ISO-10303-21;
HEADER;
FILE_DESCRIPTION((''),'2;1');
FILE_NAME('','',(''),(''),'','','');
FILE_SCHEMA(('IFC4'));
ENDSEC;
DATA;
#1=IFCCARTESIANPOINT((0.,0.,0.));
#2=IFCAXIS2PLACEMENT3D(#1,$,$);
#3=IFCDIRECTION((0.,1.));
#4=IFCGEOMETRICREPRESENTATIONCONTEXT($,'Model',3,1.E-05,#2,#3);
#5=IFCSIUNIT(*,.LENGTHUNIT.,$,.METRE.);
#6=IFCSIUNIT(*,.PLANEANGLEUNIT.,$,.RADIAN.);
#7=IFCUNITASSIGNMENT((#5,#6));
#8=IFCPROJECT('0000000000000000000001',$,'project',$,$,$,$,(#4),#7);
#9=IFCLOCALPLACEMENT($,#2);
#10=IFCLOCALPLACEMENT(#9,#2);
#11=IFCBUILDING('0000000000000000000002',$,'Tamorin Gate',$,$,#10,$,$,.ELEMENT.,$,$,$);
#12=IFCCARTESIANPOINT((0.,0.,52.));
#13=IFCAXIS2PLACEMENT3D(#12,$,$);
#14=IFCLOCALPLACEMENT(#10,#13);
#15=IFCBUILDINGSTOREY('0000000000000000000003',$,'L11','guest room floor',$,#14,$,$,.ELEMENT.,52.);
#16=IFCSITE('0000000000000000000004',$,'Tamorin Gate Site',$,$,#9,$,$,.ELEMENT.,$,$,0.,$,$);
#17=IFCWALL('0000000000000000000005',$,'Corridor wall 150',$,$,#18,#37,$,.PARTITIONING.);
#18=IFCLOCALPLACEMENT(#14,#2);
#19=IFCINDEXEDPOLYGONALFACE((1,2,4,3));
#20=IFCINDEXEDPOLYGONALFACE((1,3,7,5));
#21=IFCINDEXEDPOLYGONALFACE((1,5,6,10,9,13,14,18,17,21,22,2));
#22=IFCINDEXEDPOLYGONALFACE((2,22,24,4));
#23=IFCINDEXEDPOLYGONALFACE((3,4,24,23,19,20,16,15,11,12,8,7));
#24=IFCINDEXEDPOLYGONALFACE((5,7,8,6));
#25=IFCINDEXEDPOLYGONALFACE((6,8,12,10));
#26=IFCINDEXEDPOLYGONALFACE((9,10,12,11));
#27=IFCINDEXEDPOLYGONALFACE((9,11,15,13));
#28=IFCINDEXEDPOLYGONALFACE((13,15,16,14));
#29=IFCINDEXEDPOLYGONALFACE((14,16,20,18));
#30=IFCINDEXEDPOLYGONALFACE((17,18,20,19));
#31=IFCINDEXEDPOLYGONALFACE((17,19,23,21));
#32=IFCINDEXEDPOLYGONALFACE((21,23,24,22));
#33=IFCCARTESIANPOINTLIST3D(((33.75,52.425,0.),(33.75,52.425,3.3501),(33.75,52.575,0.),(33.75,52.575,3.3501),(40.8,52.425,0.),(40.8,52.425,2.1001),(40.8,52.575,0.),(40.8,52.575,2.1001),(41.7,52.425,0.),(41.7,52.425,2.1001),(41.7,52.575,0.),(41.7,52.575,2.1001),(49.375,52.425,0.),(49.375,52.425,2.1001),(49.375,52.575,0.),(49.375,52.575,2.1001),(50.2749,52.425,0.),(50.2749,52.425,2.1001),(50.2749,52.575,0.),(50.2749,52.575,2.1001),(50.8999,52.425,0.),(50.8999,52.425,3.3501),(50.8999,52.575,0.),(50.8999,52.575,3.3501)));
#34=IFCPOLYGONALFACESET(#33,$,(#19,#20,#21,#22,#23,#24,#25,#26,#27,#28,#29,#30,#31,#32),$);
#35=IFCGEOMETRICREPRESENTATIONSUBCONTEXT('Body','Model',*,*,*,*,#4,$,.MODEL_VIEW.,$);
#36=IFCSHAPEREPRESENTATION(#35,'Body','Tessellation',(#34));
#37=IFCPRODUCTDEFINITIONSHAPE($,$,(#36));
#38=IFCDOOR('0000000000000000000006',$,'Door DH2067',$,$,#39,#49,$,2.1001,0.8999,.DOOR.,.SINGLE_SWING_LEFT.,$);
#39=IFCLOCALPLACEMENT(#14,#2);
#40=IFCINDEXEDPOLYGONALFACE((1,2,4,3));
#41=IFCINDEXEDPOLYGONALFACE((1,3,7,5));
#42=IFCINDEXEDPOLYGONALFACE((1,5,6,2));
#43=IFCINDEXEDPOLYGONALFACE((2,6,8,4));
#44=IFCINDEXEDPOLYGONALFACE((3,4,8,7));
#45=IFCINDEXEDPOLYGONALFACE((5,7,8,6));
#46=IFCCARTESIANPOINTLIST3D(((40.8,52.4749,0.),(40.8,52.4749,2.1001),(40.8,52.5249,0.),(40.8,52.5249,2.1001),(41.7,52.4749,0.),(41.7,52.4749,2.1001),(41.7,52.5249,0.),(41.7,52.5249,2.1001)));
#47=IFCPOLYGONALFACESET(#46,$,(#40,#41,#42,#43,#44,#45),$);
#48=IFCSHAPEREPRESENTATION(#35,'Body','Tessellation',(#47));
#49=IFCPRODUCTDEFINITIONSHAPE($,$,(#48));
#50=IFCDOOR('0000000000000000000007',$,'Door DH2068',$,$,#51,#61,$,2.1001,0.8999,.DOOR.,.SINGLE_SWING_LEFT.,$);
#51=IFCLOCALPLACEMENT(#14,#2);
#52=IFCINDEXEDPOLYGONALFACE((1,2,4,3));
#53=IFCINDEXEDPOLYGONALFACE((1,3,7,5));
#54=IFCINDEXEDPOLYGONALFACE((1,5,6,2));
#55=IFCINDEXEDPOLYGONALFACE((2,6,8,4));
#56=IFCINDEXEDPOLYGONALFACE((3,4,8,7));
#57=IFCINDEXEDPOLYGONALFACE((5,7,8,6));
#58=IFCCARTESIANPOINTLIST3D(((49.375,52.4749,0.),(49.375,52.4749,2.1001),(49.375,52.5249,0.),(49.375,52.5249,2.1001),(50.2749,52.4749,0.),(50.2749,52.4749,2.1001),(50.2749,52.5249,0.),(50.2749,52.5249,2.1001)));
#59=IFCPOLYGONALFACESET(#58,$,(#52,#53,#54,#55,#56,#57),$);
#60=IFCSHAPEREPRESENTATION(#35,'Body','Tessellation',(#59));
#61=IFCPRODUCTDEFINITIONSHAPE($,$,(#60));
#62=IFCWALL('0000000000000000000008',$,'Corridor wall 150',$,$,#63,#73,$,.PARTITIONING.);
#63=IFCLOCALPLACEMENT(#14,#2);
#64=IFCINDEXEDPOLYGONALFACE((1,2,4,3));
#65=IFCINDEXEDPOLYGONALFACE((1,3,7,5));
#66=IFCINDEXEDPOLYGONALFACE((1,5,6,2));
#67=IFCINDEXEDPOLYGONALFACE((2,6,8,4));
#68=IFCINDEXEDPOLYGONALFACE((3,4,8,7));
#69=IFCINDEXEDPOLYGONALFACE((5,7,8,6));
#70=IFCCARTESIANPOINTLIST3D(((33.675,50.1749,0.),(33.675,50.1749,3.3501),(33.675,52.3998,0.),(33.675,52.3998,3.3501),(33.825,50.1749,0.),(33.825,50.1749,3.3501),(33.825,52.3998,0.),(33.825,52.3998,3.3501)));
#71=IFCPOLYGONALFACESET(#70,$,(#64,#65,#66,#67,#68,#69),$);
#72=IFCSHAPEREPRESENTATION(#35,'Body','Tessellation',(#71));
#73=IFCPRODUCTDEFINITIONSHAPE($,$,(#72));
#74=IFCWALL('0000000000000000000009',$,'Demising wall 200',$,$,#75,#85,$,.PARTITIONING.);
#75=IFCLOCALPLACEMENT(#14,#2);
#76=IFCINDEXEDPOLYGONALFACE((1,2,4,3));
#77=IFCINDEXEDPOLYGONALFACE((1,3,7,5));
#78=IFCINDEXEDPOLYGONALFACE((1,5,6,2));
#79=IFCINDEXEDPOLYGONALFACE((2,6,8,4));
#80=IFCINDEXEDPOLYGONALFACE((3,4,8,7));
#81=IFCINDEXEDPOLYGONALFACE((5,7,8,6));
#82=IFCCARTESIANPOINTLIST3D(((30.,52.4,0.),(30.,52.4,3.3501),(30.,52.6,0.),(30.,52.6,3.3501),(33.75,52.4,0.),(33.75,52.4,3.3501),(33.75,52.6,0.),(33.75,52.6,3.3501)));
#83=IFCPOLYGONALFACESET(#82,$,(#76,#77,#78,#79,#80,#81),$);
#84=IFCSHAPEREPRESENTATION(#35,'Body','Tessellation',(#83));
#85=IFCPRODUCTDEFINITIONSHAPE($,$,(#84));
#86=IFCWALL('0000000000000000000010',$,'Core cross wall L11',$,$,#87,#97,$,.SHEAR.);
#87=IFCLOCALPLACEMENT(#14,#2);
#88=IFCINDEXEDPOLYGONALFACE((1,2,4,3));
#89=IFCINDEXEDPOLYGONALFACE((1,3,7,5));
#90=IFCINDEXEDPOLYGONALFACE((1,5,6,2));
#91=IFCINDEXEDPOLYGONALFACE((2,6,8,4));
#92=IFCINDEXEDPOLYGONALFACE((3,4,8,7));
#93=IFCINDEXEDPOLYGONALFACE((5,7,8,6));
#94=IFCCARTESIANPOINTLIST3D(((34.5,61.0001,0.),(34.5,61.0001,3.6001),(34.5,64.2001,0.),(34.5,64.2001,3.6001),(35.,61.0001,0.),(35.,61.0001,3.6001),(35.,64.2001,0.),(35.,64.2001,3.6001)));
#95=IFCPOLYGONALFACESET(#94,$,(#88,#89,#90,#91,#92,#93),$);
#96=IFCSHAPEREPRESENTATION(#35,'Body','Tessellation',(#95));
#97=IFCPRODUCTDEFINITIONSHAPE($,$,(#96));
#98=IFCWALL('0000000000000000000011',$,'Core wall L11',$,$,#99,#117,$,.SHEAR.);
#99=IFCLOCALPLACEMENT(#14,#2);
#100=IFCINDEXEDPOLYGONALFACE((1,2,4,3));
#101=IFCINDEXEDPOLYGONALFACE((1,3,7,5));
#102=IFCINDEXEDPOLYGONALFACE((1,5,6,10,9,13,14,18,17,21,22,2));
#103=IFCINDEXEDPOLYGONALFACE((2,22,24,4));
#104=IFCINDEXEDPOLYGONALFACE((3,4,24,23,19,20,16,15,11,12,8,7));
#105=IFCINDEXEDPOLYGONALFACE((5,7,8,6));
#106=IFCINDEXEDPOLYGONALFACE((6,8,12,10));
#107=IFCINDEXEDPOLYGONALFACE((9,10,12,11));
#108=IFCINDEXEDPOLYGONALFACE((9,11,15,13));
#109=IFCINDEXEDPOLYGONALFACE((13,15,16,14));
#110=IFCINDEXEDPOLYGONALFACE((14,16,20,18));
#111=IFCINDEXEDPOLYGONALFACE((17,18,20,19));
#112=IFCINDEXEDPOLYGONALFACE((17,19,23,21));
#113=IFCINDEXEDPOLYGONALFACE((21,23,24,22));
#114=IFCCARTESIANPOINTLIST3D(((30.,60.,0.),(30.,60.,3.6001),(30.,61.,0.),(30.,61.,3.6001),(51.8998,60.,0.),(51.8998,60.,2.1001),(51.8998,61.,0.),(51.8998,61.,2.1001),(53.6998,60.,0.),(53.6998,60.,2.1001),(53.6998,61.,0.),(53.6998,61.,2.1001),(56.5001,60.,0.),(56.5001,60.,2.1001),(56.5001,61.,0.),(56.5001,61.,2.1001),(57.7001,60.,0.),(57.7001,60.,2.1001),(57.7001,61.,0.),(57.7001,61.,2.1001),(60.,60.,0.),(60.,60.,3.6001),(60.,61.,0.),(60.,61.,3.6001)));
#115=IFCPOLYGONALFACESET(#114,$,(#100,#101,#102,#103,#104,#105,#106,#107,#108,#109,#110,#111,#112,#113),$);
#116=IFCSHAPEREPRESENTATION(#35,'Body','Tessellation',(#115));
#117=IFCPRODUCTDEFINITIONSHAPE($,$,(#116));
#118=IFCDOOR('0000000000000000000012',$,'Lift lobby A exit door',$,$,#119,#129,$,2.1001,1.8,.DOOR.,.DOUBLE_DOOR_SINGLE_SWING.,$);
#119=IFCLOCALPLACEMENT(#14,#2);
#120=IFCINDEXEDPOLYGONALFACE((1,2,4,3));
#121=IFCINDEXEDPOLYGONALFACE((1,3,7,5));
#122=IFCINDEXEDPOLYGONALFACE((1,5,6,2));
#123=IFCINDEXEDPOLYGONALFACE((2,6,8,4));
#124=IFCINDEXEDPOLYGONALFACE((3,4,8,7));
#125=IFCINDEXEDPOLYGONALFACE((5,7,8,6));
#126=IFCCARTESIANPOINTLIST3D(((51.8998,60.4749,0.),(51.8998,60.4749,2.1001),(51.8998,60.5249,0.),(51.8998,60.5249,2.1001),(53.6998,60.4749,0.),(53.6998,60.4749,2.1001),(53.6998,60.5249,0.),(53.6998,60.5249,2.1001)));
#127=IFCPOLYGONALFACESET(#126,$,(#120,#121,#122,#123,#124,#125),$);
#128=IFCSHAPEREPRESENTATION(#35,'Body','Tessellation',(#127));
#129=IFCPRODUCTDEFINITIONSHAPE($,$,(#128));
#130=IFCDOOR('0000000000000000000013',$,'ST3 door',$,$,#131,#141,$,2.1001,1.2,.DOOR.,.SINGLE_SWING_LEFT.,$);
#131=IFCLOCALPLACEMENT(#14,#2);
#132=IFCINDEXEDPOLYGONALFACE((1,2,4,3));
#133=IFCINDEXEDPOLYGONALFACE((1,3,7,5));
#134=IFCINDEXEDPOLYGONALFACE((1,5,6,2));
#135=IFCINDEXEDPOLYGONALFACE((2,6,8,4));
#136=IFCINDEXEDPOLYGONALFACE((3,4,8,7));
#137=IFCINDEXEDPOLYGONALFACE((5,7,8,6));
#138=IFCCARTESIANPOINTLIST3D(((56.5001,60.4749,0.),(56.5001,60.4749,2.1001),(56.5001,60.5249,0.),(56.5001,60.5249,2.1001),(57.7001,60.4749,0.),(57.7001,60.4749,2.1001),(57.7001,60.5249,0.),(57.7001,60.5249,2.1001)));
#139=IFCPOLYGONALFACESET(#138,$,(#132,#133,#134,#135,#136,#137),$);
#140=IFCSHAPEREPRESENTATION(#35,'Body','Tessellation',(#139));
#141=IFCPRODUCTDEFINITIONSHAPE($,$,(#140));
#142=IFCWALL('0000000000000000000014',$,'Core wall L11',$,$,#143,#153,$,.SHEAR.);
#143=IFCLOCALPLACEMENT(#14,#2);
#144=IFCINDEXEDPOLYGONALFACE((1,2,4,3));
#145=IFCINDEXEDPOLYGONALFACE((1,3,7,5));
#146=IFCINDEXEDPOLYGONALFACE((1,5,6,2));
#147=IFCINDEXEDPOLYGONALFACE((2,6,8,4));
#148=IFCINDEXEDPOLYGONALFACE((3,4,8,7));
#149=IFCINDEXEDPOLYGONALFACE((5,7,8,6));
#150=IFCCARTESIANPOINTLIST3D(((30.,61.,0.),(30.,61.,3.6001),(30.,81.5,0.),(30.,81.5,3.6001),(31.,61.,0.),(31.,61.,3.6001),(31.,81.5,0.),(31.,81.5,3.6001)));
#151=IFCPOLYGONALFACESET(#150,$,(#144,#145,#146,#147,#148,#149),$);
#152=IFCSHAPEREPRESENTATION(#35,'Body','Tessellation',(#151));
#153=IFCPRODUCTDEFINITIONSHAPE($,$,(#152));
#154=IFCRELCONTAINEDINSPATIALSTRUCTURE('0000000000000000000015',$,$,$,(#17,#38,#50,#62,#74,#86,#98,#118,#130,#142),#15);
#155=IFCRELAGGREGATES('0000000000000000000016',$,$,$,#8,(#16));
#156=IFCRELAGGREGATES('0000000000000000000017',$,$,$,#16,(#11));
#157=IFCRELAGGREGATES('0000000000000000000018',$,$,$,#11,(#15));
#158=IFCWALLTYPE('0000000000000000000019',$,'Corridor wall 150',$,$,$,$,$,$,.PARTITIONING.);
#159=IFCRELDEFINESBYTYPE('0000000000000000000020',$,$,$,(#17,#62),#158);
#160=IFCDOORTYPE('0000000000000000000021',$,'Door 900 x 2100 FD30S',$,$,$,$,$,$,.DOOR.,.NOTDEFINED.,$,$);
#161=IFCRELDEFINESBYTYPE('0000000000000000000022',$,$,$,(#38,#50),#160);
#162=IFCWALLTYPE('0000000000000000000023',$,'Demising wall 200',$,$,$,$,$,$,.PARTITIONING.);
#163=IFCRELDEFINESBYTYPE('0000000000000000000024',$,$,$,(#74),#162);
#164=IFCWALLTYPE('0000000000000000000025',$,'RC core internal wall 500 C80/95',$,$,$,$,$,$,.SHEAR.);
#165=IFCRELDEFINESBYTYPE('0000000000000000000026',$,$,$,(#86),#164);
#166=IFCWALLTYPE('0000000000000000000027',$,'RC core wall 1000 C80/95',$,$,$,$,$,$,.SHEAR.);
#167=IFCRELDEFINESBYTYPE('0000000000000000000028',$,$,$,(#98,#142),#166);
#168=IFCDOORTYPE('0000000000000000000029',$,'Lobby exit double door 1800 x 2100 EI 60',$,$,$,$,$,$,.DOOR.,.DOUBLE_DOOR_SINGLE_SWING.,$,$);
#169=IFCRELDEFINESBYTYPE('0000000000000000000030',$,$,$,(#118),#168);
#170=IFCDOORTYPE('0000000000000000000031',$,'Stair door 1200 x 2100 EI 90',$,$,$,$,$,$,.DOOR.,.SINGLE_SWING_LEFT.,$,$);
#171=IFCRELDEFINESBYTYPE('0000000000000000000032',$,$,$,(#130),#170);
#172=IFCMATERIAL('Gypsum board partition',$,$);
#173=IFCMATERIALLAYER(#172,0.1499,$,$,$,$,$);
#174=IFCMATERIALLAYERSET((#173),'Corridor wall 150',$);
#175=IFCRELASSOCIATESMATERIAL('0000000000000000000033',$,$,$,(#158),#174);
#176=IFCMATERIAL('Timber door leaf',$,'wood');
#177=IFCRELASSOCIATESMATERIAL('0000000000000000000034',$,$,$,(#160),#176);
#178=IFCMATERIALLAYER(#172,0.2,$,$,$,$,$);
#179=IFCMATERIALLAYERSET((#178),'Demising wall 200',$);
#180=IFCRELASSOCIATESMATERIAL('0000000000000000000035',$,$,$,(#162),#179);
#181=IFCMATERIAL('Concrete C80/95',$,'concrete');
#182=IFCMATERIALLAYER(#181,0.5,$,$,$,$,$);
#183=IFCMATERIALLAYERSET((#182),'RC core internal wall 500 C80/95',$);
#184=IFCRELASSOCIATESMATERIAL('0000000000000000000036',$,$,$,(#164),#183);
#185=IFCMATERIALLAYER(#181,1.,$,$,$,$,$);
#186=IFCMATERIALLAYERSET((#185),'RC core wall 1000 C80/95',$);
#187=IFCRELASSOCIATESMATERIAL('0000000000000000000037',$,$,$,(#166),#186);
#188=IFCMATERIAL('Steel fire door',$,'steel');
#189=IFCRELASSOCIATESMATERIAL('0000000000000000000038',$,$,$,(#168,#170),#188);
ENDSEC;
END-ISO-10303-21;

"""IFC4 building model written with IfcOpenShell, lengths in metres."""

from ifc_helpers import new_model, si_unit, direction, frame, frame_2d, origin, place, context, subcontext, project, spatial, rectangle, extrude, material, layer, layer_set, type_object, element, fill, save


model = new_model("IFC4")

# Units and contexts
model_context = context("Model", 3, precision=1e-05, world=origin(), true_north=direction((0.0, 1.0)))
body_context = subcontext(model_context, "Body", "Model", "MODEL_VIEW")
ifc_project = project(units=[si_unit("LENGTHUNIT", "METRE"), si_unit("PLANEANGLEUNIT", "RADIAN")], contexts=[model_context])

# Site, building, storey
site_placement = place(None, origin())
site = spatial("IfcSite", under=ifc_project, at=site_placement, Name="Tamorin Gate Site", CompositionType="ELEMENT", RefElevation=0.0)
building_placement = place(site_placement, origin())
building = spatial("IfcBuilding", under=site, at=building_placement, Name="Tamorin Gate", CompositionType="ELEMENT")
storey_placement = place(building_placement, frame((0.0, 0.0, 52.0)))
storey = spatial("IfcBuildingStorey", under=building, at=storey_placement, Name="L11", Description="guest room floor", CompositionType="ELEMENT", Elevation=52.0)

# Shared definitions
ifc_material_1 = material(Name="Concrete C80/95", Category="concrete")

# Wall, openings, doors
ifc_material_2 = material(Name="Gypsum board partition")
ifc_layer_1 = layer(ifc_material_2, 0.1499)
ifc_layer_set_1 = layer_set([ifc_layer_1], Name="Corridor wall 150")
wall_type_1 = type_object("IfcWallType", Name="Corridor wall 150", PredefinedType="PARTITIONING", material=ifc_layer_set_1)
ifc_material_3 = material(Name="Timber door leaf", Category="wood")
door_type_1 = type_object("IfcDoorType", Name="Door 900 x 2100 FD30S", OperationType="NOTDEFINED", PredefinedType="DOOR", material=ifc_material_3)
wall_1_placement = place(storey_placement, frame((33.75, 52.5, 0.0), z_axis=(0.0, 0.0, 1.0), x_axis=(1.0, 0.0, 0.0)))
wall_1 = element("IfcWall", 1, at=wall_1_placement, inside=storey, type_object=wall_type_1, Name="Corridor wall 150", PredefinedType="PARTITIONING", context=body_context, shape_type="SweptSolid", body=[
    extrude(rectangle(XDim=17.1499, YDim=0.1499, at=frame_2d((8.575, 0.0))), origin(), (0.0, 0.0, 1.0), 3.3501),
])
opening_1_placement = place(wall_1_placement, frame((7.05, 0.0, 0.0)))
opening_1 = element("IfcOpeningElement", 2, at=opening_1_placement, cuts=wall_1, PredefinedType="OPENING", context=body_context, shape_type="SweptSolid", body=[
    extrude(rectangle(XDim=0.8999, YDim=2.1001, at=frame_2d((0.45, 1.05))), frame((0.0, 0.085, 0.0), z_axis=(0.0, -1.0, 0.0), x_axis=(1.0, 0.0, 0.0)), (0.0, 0.0, 1.0), 0.1699),
])
opening_2_placement = place(wall_1_placement, frame((15.625, 0.0, 0.0)))
opening_2 = element("IfcOpeningElement", 3, at=opening_2_placement, cuts=wall_1, PredefinedType="OPENING", context=body_context, shape_type="SweptSolid", body=[
    extrude(rectangle(XDim=0.8999, YDim=2.1001, at=frame_2d((0.45, 1.05))), frame((0.0, 0.085, 0.0), z_axis=(0.0, -1.0, 0.0), x_axis=(1.0, 0.0, 0.0)), (0.0, 0.0, 1.0), 0.1699),
])
door_1_placement = place(opening_1_placement, origin())
door_1 = element("IfcDoor", 4, at=door_1_placement, inside=storey, type_object=door_type_1, Name="Door DH2067", OperationType="SINGLE_SWING_LEFT", OverallHeight=2.1001, OverallWidth=0.8999, PredefinedType="DOOR", context=body_context, shape_type="SweptSolid", body=[
    extrude(rectangle(XDim=0.8999, YDim=2.1001, at=frame_2d((0.45, 1.05))), frame((0.0, 0.0249, 0.0), z_axis=(0.0, -1.0, 0.0), x_axis=(1.0, 0.0, 0.0)), (0.0, 0.0, 1.0), 0.05),
])
fill(opening_1, door_1)
door_2_placement = place(opening_2_placement, origin())
door_2 = element("IfcDoor", 5, at=door_2_placement, inside=storey, type_object=door_type_1, Name="Door DH2068", OperationType="SINGLE_SWING_LEFT", OverallHeight=2.1001, OverallWidth=0.8999, PredefinedType="DOOR", context=body_context, shape_type="SweptSolid", body=[
    extrude(rectangle(XDim=0.8999, YDim=2.1001, at=frame_2d((0.45, 1.05))), frame((0.0, 0.0249, 0.0), z_axis=(0.0, -1.0, 0.0), x_axis=(1.0, 0.0, 0.0)), (0.0, 0.0, 1.0), 0.05),
])
fill(opening_2, door_2)

# Walls
wall_2_placement = place(storey_placement, frame((33.75, 50.175, 0.0), z_axis=(0.0, 0.0, 1.0), x_axis=(0.0, 1.0, 0.0)))
element("IfcWall", 6, at=wall_2_placement, inside=storey, type_object=wall_type_1, Name="Corridor wall 150", PredefinedType="PARTITIONING", context=body_context, shape_type="SweptSolid", body=[
    extrude(rectangle(XDim=2.2249, YDim=0.1499, at=frame_2d((1.1123, 0.0))), origin(), (0.0, 0.0, 1.0), 3.3501),
])
ifc_layer_2 = layer(ifc_material_2, 0.2)
ifc_layer_set_2 = layer_set([ifc_layer_2], Name="Demising wall 200")
wall_type_2 = type_object("IfcWallType", Name="Demising wall 200", PredefinedType="PARTITIONING", material=ifc_layer_set_2)
wall_3_placement = place(storey_placement, frame((30.0, 52.5, 0.0), z_axis=(0.0, 0.0, 1.0), x_axis=(1.0, 0.0, 0.0)))
element("IfcWall", 7, at=wall_3_placement, inside=storey, type_object=wall_type_2, Name="Demising wall 200", PredefinedType="PARTITIONING", context=body_context, shape_type="SweptSolid", body=[
    extrude(rectangle(XDim=3.75, YDim=0.2, at=frame_2d((1.875, 0.0))), origin(), (0.0, 0.0, 1.0), 3.3501),
])
ifc_layer_3 = layer(ifc_material_1, 0.5)
ifc_layer_set_3 = layer_set([ifc_layer_3], Name="RC core internal wall 500 C80/95")
wall_type_3 = type_object("IfcWallType", Name="RC core internal wall 500 C80/95", PredefinedType="SHEAR", material=ifc_layer_set_3)
wall_4_placement = place(storey_placement, frame((34.75, 61.0, 0.0), z_axis=(0.0, 0.0, 1.0), x_axis=(0.0, 1.0, 0.0)))
element("IfcWall", 8, at=wall_4_placement, inside=storey, type_object=wall_type_3, Name="Core cross wall L11", PredefinedType="SHEAR", context=body_context, shape_type="SweptSolid", body=[
    extrude(rectangle(XDim=3.2, YDim=0.5, at=frame_2d((1.6001, 0.0))), origin(), (0.0, 0.0, 1.0), 3.6001),
])

# Wall, openings, doors
ifc_layer_4 = layer(ifc_material_1, 1.0)
ifc_layer_set_4 = layer_set([ifc_layer_4], Name="RC core wall 1000 C80/95")
wall_type_4 = type_object("IfcWallType", Name="RC core wall 1000 C80/95", PredefinedType="SHEAR", material=ifc_layer_set_4)
wall_5_placement = place(storey_placement, frame((30.0, 60.5, 0.0), z_axis=(0.0, 0.0, 1.0), x_axis=(1.0, 0.0, 0.0)))
wall_5 = element("IfcWall", 9, at=wall_5_placement, inside=storey, type_object=wall_type_4, Name="Core wall L11", PredefinedType="SHEAR", context=body_context, shape_type="SweptSolid", body=[
    extrude(rectangle(XDim=30.0, YDim=1.0, at=frame_2d((15.0, 0.0))), origin(), (0.0, 0.0, 1.0), 3.6001),
])
opening_3_placement = place(wall_5_placement, frame((21.8999, 0.0, 0.0)))
opening_3 = element("IfcOpeningElement", 10, at=opening_3_placement, cuts=wall_5, PredefinedType="OPENING", context=body_context, shape_type="SweptSolid", body=[
    extrude(rectangle(XDim=1.8, YDim=2.1001, at=frame_2d((0.8999, 1.05))), frame((0.0, 0.51, 0.0), z_axis=(0.0, -1.0, 0.0), x_axis=(1.0, 0.0, 0.0)), (0.0, 0.0, 1.0), 1.02),
])
opening_4_placement = place(wall_5_placement, frame((26.5, 0.0, 0.0)))
opening_4 = element("IfcOpeningElement", 11, at=opening_4_placement, cuts=wall_5, PredefinedType="OPENING", context=body_context, shape_type="SweptSolid", body=[
    extrude(rectangle(XDim=1.2, YDim=2.1001, at=frame_2d((0.6001, 1.05))), frame((0.0, 0.51, 0.0), z_axis=(0.0, -1.0, 0.0), x_axis=(1.0, 0.0, 0.0)), (0.0, 0.0, 1.0), 1.02),
])
ifc_material_4 = material(Name="Steel fire door", Category="steel")
door_type_2 = type_object("IfcDoorType", Name="Lobby exit double door 1800 x 2100 EI 60", OperationType="DOUBLE_DOOR_SINGLE_SWING", PredefinedType="DOOR", material=ifc_material_4)
door_3_placement = place(opening_3_placement, origin())
door_3 = element("IfcDoor", 12, at=door_3_placement, inside=storey, type_object=door_type_2, Name="Lift lobby A exit door", OperationType="DOUBLE_DOOR_SINGLE_SWING", OverallHeight=2.1001, OverallWidth=1.8, PredefinedType="DOOR", context=body_context, shape_type="SweptSolid", body=[
    extrude(rectangle(XDim=1.8, YDim=2.1001, at=frame_2d((0.8999, 1.05))), frame((0.0, 0.0249, 0.0), z_axis=(0.0, -1.0, 0.0), x_axis=(1.0, 0.0, 0.0)), (0.0, 0.0, 1.0), 0.05),
])
fill(opening_3, door_3)
door_type_3 = type_object("IfcDoorType", Name="Stair door 1200 x 2100 EI 90", OperationType="SINGLE_SWING_LEFT", PredefinedType="DOOR", material=ifc_material_4)
door_4_placement = place(opening_4_placement, origin())
door_4 = element("IfcDoor", 13, at=door_4_placement, inside=storey, type_object=door_type_3, Name="ST3 door", OperationType="SINGLE_SWING_LEFT", OverallHeight=2.1001, OverallWidth=1.2, PredefinedType="DOOR", context=body_context, shape_type="SweptSolid", body=[
    extrude(rectangle(XDim=1.2, YDim=2.1001, at=frame_2d((0.6001, 1.05))), frame((0.0, 0.0249, 0.0), z_axis=(0.0, -1.0, 0.0), x_axis=(1.0, 0.0, 0.0)), (0.0, 0.0, 1.0), 0.05),
])
fill(opening_4, door_4)

# Wall
wall_6_placement = place(storey_placement, frame((30.5, 61.0, 0.0), z_axis=(0.0, 0.0, 1.0), x_axis=(0.0, 1.0, 0.0)))
element("IfcWall", 14, at=wall_6_placement, inside=storey, type_object=wall_type_4, Name="Core wall L11", PredefinedType="SHEAR", context=body_context, shape_type="SweptSolid", body=[
    extrude(rectangle(XDim=20.5, YDim=1.0, at=frame_2d((10.25, 0.0))), origin(), (0.0, 0.0, 1.0), 3.6001),
])

save(model, "model.ifc")
